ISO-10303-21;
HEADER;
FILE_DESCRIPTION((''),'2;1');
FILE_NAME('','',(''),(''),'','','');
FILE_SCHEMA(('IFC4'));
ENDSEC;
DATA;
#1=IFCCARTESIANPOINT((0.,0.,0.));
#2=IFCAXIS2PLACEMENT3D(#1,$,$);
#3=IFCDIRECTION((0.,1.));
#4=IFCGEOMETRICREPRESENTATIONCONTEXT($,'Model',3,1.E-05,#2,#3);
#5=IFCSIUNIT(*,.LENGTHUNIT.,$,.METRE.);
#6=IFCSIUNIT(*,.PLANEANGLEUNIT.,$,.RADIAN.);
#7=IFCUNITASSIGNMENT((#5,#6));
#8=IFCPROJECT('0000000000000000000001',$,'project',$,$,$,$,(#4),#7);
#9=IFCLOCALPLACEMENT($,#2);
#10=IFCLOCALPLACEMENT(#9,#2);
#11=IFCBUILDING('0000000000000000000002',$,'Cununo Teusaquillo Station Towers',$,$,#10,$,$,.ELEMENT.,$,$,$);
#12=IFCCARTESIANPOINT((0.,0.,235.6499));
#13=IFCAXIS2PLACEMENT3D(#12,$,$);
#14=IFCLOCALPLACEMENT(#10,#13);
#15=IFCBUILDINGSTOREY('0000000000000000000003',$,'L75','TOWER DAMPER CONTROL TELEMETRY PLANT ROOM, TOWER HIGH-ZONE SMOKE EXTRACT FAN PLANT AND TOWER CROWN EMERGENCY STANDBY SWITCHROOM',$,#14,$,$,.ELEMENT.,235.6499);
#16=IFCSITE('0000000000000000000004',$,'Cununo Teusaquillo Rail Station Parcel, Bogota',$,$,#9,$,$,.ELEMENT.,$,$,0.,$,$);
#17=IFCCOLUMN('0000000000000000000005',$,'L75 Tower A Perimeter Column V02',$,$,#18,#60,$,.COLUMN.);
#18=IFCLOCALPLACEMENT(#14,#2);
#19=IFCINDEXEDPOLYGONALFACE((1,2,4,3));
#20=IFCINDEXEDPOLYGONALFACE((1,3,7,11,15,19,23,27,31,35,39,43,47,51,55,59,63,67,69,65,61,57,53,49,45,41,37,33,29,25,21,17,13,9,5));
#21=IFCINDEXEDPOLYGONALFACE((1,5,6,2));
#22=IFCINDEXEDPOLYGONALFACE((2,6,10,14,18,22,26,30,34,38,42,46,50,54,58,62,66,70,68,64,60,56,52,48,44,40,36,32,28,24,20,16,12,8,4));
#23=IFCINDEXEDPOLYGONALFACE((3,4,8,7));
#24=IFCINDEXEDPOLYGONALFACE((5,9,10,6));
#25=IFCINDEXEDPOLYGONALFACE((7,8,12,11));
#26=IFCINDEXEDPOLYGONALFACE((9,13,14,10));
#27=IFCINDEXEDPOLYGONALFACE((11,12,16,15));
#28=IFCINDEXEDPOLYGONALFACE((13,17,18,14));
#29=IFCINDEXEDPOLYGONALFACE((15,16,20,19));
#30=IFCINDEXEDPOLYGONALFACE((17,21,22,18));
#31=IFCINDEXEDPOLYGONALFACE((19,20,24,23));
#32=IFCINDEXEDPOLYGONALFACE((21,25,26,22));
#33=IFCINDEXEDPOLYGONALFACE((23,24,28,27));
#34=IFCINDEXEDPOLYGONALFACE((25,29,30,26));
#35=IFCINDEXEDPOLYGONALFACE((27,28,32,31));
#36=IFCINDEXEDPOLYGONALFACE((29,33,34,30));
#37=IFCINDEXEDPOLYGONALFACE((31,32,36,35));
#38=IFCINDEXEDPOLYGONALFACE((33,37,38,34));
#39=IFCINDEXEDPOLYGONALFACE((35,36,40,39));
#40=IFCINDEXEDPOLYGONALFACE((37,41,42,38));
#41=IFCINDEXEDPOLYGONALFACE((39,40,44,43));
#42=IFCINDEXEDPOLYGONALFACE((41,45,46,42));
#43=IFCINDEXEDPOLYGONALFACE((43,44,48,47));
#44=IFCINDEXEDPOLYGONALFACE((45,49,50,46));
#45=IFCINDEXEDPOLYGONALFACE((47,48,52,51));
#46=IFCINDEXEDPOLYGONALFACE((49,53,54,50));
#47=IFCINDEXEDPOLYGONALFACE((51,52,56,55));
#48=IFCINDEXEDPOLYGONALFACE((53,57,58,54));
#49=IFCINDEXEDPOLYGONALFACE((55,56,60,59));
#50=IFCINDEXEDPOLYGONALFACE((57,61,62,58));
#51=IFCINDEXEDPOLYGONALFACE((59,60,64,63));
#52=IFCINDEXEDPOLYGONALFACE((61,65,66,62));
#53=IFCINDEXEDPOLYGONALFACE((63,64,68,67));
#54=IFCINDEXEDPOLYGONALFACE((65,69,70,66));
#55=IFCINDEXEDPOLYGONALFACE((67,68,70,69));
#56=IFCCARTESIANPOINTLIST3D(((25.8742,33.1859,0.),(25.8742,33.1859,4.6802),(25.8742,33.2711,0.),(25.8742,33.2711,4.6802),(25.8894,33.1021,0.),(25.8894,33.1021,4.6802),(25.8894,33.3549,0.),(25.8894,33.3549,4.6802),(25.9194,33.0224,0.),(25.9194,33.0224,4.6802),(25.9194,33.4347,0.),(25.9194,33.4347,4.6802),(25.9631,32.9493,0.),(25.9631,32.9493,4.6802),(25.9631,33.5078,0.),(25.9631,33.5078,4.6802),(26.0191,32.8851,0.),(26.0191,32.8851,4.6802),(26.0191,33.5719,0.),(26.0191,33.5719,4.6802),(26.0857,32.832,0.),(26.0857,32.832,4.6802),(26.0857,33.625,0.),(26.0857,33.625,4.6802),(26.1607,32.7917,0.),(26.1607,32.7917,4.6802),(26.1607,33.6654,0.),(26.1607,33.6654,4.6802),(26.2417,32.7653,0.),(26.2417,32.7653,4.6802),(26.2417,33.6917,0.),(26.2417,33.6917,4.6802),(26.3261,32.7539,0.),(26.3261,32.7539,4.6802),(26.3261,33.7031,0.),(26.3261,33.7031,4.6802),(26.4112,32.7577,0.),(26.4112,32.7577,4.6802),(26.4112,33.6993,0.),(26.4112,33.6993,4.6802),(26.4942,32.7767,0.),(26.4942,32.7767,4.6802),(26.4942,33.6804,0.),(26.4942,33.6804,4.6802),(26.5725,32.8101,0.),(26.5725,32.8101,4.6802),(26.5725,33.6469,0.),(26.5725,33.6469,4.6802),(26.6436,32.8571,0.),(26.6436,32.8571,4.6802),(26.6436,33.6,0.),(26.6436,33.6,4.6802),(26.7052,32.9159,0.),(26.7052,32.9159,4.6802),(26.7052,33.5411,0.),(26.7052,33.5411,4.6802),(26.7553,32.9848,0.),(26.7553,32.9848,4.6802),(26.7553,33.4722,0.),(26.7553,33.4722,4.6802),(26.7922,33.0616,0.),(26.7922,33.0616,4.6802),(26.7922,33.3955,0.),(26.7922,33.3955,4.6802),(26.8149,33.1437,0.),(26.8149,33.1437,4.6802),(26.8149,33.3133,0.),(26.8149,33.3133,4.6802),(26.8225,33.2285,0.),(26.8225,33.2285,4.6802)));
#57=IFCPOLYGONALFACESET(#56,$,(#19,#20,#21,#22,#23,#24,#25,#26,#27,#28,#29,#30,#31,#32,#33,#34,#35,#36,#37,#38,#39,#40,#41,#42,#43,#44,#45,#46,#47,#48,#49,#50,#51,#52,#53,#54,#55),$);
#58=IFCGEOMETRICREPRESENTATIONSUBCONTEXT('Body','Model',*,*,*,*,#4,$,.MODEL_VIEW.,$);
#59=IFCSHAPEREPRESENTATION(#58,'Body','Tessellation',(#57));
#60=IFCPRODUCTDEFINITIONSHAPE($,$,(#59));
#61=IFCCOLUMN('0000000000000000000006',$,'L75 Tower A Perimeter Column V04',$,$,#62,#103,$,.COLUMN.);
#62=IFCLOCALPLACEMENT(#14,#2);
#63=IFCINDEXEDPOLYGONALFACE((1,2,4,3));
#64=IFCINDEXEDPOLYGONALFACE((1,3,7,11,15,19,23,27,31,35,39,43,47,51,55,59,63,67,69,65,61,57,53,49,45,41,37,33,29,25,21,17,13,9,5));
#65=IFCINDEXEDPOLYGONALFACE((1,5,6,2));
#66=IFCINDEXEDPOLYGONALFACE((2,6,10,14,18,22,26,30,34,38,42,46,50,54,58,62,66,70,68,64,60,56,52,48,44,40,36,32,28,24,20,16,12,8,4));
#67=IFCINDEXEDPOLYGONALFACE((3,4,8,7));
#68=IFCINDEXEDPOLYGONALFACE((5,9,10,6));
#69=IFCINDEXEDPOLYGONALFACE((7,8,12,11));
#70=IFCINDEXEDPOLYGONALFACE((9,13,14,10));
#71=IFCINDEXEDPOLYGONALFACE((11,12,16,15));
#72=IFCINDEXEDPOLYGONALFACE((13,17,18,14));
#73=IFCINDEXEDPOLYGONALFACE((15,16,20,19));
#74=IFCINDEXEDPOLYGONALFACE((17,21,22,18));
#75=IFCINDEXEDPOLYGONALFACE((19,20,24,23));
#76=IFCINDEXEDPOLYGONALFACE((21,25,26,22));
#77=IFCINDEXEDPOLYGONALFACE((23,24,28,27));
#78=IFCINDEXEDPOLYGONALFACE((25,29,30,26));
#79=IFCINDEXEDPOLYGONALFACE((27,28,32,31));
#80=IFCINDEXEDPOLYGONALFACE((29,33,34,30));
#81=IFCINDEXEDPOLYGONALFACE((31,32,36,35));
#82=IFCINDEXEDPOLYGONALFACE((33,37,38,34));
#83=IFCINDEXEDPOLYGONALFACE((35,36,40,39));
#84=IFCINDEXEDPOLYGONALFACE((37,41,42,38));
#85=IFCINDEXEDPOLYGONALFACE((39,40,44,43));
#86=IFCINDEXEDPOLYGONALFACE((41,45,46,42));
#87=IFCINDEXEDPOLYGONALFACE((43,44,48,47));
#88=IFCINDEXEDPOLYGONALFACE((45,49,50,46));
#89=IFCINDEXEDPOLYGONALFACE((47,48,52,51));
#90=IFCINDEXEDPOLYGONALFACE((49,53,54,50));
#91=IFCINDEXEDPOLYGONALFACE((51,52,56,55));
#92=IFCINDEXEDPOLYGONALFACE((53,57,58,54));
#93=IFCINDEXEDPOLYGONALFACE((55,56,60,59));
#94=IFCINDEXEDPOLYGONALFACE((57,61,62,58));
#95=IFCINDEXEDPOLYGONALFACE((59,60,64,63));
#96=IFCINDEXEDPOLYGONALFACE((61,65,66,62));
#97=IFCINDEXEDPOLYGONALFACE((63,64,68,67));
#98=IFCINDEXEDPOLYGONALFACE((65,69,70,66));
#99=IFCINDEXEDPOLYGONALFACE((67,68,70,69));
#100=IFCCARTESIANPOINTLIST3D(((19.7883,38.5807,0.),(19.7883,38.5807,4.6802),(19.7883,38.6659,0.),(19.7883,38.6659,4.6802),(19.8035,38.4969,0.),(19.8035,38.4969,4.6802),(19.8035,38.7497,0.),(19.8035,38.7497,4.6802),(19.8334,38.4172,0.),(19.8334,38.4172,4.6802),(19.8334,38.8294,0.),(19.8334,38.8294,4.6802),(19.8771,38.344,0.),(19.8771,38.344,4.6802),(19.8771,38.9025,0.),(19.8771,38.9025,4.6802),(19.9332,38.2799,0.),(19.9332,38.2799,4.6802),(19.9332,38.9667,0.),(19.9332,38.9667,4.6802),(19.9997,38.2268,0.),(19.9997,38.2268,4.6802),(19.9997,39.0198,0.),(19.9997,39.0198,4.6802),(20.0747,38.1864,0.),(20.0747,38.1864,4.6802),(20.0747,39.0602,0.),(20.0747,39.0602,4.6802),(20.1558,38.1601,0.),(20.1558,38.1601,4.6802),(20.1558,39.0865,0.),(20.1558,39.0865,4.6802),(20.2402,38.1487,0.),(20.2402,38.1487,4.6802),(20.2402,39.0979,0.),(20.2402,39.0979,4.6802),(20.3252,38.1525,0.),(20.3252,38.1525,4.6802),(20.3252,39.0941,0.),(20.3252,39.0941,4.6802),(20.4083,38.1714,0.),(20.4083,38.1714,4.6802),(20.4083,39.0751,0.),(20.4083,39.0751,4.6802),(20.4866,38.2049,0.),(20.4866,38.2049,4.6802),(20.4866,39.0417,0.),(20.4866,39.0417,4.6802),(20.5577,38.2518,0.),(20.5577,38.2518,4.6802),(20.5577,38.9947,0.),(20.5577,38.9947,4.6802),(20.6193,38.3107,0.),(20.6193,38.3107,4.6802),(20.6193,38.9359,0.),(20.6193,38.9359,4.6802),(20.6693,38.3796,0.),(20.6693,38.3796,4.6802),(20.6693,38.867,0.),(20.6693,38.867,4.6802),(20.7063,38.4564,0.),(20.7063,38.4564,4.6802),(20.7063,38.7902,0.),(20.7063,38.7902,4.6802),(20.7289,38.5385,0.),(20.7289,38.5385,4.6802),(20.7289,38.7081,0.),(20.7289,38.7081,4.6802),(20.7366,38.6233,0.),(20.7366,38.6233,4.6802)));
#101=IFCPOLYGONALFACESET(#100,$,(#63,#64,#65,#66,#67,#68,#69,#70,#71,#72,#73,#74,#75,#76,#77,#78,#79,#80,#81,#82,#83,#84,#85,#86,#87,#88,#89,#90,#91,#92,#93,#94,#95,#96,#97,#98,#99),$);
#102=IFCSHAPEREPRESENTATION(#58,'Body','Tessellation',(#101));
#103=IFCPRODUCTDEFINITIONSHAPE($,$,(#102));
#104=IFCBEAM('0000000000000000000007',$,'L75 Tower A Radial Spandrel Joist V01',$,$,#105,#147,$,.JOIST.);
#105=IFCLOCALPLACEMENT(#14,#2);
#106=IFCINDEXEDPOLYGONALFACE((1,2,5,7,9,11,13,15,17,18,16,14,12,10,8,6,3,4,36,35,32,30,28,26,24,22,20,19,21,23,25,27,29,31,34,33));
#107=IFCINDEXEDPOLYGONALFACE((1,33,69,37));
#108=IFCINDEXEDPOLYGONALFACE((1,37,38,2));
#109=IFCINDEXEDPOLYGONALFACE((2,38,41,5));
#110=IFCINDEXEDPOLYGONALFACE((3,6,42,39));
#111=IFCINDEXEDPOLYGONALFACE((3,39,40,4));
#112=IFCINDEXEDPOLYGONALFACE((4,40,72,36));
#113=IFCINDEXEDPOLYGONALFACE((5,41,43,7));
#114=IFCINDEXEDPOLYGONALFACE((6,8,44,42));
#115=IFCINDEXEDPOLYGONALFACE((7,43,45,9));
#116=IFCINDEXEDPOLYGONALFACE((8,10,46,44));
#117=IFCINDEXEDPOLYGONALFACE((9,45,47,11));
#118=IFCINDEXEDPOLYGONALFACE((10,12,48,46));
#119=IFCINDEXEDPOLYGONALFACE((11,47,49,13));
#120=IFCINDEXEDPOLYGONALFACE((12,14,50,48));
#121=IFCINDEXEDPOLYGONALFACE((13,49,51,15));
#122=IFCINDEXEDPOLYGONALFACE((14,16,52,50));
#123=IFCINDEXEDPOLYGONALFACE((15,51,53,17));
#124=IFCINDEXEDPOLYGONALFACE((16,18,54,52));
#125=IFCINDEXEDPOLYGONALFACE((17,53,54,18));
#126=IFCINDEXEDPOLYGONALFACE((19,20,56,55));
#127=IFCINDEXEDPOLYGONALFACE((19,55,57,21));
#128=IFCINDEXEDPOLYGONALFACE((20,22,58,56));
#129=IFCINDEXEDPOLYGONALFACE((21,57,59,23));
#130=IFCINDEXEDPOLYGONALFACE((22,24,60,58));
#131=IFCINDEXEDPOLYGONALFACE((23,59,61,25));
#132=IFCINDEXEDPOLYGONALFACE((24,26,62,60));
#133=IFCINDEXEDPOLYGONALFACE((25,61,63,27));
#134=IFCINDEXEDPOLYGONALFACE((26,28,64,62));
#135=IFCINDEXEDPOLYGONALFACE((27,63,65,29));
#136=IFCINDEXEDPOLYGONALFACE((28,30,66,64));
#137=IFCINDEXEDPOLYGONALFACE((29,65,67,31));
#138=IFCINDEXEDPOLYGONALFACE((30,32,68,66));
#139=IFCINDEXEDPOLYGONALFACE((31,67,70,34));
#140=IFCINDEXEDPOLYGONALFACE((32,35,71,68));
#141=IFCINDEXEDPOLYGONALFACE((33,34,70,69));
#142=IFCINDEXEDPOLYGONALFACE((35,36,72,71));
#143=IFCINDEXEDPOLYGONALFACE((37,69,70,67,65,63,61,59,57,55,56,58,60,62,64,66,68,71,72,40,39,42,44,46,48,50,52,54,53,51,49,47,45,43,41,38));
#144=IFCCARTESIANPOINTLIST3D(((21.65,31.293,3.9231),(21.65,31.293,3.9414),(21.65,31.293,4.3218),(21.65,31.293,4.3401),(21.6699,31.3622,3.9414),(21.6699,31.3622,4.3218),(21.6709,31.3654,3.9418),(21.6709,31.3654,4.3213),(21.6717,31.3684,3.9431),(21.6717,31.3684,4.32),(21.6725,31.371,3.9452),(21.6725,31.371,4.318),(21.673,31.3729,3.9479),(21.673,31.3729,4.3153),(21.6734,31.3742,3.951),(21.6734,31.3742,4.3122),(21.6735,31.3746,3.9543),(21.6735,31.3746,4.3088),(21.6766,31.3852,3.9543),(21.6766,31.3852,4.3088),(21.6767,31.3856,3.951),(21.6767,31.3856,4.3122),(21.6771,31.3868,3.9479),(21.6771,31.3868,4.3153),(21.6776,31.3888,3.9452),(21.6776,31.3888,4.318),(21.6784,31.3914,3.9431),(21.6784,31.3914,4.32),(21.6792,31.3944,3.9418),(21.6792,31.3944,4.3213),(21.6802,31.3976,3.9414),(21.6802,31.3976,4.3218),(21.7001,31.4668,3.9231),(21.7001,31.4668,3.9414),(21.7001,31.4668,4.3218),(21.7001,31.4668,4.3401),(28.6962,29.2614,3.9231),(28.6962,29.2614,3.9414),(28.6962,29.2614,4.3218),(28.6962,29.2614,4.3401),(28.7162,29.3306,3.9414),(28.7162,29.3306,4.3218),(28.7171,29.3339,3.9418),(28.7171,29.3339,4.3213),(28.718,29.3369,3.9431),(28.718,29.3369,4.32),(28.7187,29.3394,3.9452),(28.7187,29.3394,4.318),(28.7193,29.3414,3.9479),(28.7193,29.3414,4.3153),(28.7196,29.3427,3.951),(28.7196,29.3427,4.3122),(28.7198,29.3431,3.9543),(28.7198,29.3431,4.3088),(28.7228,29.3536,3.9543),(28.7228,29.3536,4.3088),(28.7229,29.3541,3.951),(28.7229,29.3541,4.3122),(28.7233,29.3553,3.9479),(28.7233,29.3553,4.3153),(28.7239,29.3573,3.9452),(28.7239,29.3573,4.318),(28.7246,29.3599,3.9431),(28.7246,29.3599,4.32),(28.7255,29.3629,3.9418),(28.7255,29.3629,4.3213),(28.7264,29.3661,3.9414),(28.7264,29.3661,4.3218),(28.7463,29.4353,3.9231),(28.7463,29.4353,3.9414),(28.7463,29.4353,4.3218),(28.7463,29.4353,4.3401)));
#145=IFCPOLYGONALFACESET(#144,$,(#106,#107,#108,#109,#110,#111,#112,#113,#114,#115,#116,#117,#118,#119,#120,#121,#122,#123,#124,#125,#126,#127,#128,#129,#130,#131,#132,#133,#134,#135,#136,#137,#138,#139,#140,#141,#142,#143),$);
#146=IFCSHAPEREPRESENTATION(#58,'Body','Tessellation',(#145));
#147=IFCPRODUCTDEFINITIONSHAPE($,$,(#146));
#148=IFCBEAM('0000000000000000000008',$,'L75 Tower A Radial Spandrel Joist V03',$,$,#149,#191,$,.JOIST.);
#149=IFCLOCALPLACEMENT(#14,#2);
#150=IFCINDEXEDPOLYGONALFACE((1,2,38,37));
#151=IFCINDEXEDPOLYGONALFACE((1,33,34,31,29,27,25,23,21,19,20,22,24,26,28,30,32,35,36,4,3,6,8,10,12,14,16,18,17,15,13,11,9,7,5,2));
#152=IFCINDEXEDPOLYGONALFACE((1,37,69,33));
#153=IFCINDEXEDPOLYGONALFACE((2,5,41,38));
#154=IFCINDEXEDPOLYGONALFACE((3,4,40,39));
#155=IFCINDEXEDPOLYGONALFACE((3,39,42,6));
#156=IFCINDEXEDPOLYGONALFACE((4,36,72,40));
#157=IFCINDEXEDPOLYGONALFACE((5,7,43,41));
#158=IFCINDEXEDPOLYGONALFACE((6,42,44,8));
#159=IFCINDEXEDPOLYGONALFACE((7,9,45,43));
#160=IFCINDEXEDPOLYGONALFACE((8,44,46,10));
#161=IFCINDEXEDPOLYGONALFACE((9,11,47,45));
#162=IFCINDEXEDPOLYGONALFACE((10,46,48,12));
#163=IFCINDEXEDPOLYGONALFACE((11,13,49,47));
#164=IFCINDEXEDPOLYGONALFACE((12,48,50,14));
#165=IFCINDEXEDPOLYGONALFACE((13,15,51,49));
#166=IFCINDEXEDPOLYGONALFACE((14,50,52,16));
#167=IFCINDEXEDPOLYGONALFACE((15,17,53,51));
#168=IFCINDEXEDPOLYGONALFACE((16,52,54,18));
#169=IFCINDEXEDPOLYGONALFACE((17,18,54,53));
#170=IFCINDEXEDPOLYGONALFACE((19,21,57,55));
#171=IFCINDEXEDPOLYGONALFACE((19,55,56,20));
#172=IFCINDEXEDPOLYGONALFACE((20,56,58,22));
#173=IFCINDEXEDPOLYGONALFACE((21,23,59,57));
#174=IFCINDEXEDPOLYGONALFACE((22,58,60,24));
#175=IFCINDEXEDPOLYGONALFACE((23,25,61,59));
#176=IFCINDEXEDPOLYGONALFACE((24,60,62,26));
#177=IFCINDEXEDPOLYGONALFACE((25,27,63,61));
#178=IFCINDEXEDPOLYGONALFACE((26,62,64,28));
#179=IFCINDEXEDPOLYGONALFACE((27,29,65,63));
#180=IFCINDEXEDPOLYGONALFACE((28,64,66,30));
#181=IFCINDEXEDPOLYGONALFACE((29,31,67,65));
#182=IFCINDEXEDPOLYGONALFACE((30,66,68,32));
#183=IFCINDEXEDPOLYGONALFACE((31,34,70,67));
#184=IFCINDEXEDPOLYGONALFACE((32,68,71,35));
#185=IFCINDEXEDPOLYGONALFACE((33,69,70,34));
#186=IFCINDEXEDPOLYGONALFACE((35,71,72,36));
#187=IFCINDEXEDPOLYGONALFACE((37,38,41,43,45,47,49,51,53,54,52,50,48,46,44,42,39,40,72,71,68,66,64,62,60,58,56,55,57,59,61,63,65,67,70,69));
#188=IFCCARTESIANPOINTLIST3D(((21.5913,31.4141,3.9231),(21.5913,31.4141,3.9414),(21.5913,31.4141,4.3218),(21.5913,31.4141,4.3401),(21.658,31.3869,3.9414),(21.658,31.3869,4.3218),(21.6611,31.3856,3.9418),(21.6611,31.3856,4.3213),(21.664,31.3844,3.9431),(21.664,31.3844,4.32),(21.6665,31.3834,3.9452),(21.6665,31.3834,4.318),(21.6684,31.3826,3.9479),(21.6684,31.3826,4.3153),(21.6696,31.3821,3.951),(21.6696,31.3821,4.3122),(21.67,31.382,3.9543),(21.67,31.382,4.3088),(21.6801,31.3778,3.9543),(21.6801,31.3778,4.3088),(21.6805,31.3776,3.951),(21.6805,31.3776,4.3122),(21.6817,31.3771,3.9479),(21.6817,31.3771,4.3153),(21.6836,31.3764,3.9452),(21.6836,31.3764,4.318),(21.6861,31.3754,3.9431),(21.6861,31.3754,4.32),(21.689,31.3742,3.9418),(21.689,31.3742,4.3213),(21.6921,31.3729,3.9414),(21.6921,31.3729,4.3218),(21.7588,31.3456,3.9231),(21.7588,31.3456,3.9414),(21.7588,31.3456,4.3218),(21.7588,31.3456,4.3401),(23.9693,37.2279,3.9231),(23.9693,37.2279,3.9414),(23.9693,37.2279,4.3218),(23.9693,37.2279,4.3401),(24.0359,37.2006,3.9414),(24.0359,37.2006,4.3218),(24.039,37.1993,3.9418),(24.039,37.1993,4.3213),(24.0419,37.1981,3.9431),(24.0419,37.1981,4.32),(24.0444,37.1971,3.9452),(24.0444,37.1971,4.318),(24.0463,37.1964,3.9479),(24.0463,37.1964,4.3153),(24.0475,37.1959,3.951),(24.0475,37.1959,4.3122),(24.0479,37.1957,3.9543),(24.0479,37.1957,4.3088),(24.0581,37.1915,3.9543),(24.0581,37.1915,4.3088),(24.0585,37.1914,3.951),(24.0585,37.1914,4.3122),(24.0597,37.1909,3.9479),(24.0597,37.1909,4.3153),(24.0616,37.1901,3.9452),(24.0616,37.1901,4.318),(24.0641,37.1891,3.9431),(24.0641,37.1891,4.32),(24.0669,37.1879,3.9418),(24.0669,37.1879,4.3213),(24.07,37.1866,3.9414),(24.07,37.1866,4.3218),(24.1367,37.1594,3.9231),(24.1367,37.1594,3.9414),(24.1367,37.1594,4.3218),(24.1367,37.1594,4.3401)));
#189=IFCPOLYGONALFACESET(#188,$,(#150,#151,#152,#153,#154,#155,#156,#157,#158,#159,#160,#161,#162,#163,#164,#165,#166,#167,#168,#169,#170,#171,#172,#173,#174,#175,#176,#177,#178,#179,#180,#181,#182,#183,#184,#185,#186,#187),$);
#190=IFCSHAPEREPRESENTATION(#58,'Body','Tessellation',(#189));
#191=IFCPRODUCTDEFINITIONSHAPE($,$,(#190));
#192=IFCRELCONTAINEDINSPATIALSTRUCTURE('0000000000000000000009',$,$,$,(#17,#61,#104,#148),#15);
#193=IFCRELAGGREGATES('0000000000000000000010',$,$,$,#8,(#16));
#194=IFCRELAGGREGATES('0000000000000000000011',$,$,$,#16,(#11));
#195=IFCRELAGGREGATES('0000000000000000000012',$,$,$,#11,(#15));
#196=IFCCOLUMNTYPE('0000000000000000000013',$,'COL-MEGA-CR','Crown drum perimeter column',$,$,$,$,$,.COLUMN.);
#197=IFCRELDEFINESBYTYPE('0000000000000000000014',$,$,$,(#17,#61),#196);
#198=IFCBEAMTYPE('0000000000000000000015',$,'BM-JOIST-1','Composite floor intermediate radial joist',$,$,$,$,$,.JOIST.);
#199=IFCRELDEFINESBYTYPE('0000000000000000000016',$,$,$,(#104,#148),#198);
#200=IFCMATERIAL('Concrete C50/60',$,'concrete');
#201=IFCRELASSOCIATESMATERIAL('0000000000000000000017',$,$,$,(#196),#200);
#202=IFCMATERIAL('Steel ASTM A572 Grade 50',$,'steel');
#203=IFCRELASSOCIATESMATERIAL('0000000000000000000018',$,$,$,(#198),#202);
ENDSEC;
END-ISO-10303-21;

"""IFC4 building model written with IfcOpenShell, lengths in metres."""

from ifc_helpers import new_model, si_unit, direction, frame, origin, origin_2d, place, context, subcontext, project, spatial, circle, i_section, extrude, material, material_profile, profile_set, type_object, element, save


model = new_model("IFC4")

# Units and contexts
model_context = context("Model", 3, precision=1e-05, world=origin(), true_north=direction((0.0, 1.0)))
body_context = subcontext(model_context, "Body", "Model", "MODEL_VIEW")
ifc_project = project(units=[si_unit("LENGTHUNIT", "METRE"), si_unit("PLANEANGLEUNIT", "RADIAN")], contexts=[model_context])

# Site, building, storey
site_placement = place(None, origin())
site = spatial("IfcSite", under=ifc_project, at=site_placement, Name="Cununo Teusaquillo Rail Station Parcel, Bogota", CompositionType="ELEMENT", RefElevation=0.0)
building_placement = place(site_placement, origin())
building = spatial("IfcBuilding", under=site, at=building_placement, Name="Cununo Teusaquillo Station Towers", CompositionType="ELEMENT")
storey_placement = place(building_placement, frame((0.0, 0.0, 235.6499)))
storey = spatial("IfcBuildingStorey", under=building, at=storey_placement, Name="L75", Description="TOWER DAMPER CONTROL TELEMETRY PLANT ROOM, TOWER HIGH-ZONE SMOKE EXTRACT FAN PLANT AND TOWER CROWN EMERGENCY STANDBY SWITCHROOM", CompositionType="ELEMENT", Elevation=235.6499)

# Columns
ifc_material_1 = material(Name="Concrete C50/60", Category="concrete")
ifc_material_profile_1 = material_profile(ifc_material_1, circle(Radius=0.4751, at=origin_2d()), Name="RC-CIRC-950")
ifc_profile_set_1 = profile_set([ifc_material_profile_1], Name="Concrete C50/60")
column_type = type_object("IfcColumnType", Name="COL-MEGA-CR", Description="Crown drum perimeter column", PredefinedType="COLUMN", material=ifc_profile_set_1)
for number, where, z_axis, x_axis, name in (
    (1, (26.3474, 33.2285, 0.0), (0.0, 0.0, 1.0), (1.0, 0.0, 0.0), "L75 Tower A Perimeter Column V02"),
    (2, (20.2615, 38.6233, 0.0), (0.0, 0.0, 1.0), (1.0, 0.0, 0.0), "L75 Tower A Perimeter Column V04"),
):
    element("IfcColumn", number, at=place(storey_placement, frame(where, z_axis=z_axis, x_axis=x_axis)), inside=storey, type_object=column_type, Name=name, PredefinedType="COLUMN", context=body_context, shape_type="SweptSolid", body=[
        extrude(circle(Radius=0.4751, at=origin_2d()), origin(), (0.0, 0.0, 1.0), 4.6802),
    ])

# Beams
ifc_material_2 = material(Name="Steel ASTM A572 Grade 50", Category="steel")
ifc_material_profile_2 = material_profile(ifc_material_2, i_section(OverallWidth=0.1809, OverallDepth=0.417, WebThickness=0.011, FlangeThickness=0.0183, FilletRadius=0.0129, at=origin_2d()), Name="W16X57")
ifc_profile_set_2 = profile_set([ifc_material_profile_2], Name="Steel ASTM A572 Grade 50")
beam_type_1 = type_object("IfcBeamType", Name="BM-JOIST-1", Description="Composite floor intermediate radial joist", PredefinedType="JOIST", material=ifc_profile_set_2)
beam_1_placement = place(storey_placement, frame((21.675, 31.3799, 4.1316), z_axis=(0.960862, -0.277029, 0.0), x_axis=(0.277029, 0.960862, 0.0)))
element("IfcBeam", 3, at=beam_1_placement, inside=storey, type_object=beam_type_1, Name="L75 Tower A Radial Spandrel Joist V01", PredefinedType="JOIST", context=body_context, shape_type="SweptSolid", body=[
    extrude(i_section(OverallWidth=0.1809, OverallDepth=0.417, WebThickness=0.011, FlangeThickness=0.0183, FilletRadius=0.0129, at=origin_2d()), origin(), (0.0, 0.0, 1.0), 7.3333),
])
beam_2_placement = place(storey_placement, frame((21.675, 31.3799, 4.1316), z_axis=(0.378577, 0.92557, 0.0), x_axis=(-0.92557, 0.378577, 0.0)))
element("IfcBeam", 4, at=beam_2_placement, inside=storey, type_object=beam_type_1, Name="L75 Tower A Radial Spandrel Joist V03", PredefinedType="JOIST", context=body_context, shape_type="SweptSolid", body=[
    extrude(i_section(OverallWidth=0.1809, OverallDepth=0.417, WebThickness=0.011, FlangeThickness=0.0183, FilletRadius=0.0129, at=origin_2d()), origin(), (0.0, 0.0, 1.0), 6.2812),
])

save(model, "model.ifc")
